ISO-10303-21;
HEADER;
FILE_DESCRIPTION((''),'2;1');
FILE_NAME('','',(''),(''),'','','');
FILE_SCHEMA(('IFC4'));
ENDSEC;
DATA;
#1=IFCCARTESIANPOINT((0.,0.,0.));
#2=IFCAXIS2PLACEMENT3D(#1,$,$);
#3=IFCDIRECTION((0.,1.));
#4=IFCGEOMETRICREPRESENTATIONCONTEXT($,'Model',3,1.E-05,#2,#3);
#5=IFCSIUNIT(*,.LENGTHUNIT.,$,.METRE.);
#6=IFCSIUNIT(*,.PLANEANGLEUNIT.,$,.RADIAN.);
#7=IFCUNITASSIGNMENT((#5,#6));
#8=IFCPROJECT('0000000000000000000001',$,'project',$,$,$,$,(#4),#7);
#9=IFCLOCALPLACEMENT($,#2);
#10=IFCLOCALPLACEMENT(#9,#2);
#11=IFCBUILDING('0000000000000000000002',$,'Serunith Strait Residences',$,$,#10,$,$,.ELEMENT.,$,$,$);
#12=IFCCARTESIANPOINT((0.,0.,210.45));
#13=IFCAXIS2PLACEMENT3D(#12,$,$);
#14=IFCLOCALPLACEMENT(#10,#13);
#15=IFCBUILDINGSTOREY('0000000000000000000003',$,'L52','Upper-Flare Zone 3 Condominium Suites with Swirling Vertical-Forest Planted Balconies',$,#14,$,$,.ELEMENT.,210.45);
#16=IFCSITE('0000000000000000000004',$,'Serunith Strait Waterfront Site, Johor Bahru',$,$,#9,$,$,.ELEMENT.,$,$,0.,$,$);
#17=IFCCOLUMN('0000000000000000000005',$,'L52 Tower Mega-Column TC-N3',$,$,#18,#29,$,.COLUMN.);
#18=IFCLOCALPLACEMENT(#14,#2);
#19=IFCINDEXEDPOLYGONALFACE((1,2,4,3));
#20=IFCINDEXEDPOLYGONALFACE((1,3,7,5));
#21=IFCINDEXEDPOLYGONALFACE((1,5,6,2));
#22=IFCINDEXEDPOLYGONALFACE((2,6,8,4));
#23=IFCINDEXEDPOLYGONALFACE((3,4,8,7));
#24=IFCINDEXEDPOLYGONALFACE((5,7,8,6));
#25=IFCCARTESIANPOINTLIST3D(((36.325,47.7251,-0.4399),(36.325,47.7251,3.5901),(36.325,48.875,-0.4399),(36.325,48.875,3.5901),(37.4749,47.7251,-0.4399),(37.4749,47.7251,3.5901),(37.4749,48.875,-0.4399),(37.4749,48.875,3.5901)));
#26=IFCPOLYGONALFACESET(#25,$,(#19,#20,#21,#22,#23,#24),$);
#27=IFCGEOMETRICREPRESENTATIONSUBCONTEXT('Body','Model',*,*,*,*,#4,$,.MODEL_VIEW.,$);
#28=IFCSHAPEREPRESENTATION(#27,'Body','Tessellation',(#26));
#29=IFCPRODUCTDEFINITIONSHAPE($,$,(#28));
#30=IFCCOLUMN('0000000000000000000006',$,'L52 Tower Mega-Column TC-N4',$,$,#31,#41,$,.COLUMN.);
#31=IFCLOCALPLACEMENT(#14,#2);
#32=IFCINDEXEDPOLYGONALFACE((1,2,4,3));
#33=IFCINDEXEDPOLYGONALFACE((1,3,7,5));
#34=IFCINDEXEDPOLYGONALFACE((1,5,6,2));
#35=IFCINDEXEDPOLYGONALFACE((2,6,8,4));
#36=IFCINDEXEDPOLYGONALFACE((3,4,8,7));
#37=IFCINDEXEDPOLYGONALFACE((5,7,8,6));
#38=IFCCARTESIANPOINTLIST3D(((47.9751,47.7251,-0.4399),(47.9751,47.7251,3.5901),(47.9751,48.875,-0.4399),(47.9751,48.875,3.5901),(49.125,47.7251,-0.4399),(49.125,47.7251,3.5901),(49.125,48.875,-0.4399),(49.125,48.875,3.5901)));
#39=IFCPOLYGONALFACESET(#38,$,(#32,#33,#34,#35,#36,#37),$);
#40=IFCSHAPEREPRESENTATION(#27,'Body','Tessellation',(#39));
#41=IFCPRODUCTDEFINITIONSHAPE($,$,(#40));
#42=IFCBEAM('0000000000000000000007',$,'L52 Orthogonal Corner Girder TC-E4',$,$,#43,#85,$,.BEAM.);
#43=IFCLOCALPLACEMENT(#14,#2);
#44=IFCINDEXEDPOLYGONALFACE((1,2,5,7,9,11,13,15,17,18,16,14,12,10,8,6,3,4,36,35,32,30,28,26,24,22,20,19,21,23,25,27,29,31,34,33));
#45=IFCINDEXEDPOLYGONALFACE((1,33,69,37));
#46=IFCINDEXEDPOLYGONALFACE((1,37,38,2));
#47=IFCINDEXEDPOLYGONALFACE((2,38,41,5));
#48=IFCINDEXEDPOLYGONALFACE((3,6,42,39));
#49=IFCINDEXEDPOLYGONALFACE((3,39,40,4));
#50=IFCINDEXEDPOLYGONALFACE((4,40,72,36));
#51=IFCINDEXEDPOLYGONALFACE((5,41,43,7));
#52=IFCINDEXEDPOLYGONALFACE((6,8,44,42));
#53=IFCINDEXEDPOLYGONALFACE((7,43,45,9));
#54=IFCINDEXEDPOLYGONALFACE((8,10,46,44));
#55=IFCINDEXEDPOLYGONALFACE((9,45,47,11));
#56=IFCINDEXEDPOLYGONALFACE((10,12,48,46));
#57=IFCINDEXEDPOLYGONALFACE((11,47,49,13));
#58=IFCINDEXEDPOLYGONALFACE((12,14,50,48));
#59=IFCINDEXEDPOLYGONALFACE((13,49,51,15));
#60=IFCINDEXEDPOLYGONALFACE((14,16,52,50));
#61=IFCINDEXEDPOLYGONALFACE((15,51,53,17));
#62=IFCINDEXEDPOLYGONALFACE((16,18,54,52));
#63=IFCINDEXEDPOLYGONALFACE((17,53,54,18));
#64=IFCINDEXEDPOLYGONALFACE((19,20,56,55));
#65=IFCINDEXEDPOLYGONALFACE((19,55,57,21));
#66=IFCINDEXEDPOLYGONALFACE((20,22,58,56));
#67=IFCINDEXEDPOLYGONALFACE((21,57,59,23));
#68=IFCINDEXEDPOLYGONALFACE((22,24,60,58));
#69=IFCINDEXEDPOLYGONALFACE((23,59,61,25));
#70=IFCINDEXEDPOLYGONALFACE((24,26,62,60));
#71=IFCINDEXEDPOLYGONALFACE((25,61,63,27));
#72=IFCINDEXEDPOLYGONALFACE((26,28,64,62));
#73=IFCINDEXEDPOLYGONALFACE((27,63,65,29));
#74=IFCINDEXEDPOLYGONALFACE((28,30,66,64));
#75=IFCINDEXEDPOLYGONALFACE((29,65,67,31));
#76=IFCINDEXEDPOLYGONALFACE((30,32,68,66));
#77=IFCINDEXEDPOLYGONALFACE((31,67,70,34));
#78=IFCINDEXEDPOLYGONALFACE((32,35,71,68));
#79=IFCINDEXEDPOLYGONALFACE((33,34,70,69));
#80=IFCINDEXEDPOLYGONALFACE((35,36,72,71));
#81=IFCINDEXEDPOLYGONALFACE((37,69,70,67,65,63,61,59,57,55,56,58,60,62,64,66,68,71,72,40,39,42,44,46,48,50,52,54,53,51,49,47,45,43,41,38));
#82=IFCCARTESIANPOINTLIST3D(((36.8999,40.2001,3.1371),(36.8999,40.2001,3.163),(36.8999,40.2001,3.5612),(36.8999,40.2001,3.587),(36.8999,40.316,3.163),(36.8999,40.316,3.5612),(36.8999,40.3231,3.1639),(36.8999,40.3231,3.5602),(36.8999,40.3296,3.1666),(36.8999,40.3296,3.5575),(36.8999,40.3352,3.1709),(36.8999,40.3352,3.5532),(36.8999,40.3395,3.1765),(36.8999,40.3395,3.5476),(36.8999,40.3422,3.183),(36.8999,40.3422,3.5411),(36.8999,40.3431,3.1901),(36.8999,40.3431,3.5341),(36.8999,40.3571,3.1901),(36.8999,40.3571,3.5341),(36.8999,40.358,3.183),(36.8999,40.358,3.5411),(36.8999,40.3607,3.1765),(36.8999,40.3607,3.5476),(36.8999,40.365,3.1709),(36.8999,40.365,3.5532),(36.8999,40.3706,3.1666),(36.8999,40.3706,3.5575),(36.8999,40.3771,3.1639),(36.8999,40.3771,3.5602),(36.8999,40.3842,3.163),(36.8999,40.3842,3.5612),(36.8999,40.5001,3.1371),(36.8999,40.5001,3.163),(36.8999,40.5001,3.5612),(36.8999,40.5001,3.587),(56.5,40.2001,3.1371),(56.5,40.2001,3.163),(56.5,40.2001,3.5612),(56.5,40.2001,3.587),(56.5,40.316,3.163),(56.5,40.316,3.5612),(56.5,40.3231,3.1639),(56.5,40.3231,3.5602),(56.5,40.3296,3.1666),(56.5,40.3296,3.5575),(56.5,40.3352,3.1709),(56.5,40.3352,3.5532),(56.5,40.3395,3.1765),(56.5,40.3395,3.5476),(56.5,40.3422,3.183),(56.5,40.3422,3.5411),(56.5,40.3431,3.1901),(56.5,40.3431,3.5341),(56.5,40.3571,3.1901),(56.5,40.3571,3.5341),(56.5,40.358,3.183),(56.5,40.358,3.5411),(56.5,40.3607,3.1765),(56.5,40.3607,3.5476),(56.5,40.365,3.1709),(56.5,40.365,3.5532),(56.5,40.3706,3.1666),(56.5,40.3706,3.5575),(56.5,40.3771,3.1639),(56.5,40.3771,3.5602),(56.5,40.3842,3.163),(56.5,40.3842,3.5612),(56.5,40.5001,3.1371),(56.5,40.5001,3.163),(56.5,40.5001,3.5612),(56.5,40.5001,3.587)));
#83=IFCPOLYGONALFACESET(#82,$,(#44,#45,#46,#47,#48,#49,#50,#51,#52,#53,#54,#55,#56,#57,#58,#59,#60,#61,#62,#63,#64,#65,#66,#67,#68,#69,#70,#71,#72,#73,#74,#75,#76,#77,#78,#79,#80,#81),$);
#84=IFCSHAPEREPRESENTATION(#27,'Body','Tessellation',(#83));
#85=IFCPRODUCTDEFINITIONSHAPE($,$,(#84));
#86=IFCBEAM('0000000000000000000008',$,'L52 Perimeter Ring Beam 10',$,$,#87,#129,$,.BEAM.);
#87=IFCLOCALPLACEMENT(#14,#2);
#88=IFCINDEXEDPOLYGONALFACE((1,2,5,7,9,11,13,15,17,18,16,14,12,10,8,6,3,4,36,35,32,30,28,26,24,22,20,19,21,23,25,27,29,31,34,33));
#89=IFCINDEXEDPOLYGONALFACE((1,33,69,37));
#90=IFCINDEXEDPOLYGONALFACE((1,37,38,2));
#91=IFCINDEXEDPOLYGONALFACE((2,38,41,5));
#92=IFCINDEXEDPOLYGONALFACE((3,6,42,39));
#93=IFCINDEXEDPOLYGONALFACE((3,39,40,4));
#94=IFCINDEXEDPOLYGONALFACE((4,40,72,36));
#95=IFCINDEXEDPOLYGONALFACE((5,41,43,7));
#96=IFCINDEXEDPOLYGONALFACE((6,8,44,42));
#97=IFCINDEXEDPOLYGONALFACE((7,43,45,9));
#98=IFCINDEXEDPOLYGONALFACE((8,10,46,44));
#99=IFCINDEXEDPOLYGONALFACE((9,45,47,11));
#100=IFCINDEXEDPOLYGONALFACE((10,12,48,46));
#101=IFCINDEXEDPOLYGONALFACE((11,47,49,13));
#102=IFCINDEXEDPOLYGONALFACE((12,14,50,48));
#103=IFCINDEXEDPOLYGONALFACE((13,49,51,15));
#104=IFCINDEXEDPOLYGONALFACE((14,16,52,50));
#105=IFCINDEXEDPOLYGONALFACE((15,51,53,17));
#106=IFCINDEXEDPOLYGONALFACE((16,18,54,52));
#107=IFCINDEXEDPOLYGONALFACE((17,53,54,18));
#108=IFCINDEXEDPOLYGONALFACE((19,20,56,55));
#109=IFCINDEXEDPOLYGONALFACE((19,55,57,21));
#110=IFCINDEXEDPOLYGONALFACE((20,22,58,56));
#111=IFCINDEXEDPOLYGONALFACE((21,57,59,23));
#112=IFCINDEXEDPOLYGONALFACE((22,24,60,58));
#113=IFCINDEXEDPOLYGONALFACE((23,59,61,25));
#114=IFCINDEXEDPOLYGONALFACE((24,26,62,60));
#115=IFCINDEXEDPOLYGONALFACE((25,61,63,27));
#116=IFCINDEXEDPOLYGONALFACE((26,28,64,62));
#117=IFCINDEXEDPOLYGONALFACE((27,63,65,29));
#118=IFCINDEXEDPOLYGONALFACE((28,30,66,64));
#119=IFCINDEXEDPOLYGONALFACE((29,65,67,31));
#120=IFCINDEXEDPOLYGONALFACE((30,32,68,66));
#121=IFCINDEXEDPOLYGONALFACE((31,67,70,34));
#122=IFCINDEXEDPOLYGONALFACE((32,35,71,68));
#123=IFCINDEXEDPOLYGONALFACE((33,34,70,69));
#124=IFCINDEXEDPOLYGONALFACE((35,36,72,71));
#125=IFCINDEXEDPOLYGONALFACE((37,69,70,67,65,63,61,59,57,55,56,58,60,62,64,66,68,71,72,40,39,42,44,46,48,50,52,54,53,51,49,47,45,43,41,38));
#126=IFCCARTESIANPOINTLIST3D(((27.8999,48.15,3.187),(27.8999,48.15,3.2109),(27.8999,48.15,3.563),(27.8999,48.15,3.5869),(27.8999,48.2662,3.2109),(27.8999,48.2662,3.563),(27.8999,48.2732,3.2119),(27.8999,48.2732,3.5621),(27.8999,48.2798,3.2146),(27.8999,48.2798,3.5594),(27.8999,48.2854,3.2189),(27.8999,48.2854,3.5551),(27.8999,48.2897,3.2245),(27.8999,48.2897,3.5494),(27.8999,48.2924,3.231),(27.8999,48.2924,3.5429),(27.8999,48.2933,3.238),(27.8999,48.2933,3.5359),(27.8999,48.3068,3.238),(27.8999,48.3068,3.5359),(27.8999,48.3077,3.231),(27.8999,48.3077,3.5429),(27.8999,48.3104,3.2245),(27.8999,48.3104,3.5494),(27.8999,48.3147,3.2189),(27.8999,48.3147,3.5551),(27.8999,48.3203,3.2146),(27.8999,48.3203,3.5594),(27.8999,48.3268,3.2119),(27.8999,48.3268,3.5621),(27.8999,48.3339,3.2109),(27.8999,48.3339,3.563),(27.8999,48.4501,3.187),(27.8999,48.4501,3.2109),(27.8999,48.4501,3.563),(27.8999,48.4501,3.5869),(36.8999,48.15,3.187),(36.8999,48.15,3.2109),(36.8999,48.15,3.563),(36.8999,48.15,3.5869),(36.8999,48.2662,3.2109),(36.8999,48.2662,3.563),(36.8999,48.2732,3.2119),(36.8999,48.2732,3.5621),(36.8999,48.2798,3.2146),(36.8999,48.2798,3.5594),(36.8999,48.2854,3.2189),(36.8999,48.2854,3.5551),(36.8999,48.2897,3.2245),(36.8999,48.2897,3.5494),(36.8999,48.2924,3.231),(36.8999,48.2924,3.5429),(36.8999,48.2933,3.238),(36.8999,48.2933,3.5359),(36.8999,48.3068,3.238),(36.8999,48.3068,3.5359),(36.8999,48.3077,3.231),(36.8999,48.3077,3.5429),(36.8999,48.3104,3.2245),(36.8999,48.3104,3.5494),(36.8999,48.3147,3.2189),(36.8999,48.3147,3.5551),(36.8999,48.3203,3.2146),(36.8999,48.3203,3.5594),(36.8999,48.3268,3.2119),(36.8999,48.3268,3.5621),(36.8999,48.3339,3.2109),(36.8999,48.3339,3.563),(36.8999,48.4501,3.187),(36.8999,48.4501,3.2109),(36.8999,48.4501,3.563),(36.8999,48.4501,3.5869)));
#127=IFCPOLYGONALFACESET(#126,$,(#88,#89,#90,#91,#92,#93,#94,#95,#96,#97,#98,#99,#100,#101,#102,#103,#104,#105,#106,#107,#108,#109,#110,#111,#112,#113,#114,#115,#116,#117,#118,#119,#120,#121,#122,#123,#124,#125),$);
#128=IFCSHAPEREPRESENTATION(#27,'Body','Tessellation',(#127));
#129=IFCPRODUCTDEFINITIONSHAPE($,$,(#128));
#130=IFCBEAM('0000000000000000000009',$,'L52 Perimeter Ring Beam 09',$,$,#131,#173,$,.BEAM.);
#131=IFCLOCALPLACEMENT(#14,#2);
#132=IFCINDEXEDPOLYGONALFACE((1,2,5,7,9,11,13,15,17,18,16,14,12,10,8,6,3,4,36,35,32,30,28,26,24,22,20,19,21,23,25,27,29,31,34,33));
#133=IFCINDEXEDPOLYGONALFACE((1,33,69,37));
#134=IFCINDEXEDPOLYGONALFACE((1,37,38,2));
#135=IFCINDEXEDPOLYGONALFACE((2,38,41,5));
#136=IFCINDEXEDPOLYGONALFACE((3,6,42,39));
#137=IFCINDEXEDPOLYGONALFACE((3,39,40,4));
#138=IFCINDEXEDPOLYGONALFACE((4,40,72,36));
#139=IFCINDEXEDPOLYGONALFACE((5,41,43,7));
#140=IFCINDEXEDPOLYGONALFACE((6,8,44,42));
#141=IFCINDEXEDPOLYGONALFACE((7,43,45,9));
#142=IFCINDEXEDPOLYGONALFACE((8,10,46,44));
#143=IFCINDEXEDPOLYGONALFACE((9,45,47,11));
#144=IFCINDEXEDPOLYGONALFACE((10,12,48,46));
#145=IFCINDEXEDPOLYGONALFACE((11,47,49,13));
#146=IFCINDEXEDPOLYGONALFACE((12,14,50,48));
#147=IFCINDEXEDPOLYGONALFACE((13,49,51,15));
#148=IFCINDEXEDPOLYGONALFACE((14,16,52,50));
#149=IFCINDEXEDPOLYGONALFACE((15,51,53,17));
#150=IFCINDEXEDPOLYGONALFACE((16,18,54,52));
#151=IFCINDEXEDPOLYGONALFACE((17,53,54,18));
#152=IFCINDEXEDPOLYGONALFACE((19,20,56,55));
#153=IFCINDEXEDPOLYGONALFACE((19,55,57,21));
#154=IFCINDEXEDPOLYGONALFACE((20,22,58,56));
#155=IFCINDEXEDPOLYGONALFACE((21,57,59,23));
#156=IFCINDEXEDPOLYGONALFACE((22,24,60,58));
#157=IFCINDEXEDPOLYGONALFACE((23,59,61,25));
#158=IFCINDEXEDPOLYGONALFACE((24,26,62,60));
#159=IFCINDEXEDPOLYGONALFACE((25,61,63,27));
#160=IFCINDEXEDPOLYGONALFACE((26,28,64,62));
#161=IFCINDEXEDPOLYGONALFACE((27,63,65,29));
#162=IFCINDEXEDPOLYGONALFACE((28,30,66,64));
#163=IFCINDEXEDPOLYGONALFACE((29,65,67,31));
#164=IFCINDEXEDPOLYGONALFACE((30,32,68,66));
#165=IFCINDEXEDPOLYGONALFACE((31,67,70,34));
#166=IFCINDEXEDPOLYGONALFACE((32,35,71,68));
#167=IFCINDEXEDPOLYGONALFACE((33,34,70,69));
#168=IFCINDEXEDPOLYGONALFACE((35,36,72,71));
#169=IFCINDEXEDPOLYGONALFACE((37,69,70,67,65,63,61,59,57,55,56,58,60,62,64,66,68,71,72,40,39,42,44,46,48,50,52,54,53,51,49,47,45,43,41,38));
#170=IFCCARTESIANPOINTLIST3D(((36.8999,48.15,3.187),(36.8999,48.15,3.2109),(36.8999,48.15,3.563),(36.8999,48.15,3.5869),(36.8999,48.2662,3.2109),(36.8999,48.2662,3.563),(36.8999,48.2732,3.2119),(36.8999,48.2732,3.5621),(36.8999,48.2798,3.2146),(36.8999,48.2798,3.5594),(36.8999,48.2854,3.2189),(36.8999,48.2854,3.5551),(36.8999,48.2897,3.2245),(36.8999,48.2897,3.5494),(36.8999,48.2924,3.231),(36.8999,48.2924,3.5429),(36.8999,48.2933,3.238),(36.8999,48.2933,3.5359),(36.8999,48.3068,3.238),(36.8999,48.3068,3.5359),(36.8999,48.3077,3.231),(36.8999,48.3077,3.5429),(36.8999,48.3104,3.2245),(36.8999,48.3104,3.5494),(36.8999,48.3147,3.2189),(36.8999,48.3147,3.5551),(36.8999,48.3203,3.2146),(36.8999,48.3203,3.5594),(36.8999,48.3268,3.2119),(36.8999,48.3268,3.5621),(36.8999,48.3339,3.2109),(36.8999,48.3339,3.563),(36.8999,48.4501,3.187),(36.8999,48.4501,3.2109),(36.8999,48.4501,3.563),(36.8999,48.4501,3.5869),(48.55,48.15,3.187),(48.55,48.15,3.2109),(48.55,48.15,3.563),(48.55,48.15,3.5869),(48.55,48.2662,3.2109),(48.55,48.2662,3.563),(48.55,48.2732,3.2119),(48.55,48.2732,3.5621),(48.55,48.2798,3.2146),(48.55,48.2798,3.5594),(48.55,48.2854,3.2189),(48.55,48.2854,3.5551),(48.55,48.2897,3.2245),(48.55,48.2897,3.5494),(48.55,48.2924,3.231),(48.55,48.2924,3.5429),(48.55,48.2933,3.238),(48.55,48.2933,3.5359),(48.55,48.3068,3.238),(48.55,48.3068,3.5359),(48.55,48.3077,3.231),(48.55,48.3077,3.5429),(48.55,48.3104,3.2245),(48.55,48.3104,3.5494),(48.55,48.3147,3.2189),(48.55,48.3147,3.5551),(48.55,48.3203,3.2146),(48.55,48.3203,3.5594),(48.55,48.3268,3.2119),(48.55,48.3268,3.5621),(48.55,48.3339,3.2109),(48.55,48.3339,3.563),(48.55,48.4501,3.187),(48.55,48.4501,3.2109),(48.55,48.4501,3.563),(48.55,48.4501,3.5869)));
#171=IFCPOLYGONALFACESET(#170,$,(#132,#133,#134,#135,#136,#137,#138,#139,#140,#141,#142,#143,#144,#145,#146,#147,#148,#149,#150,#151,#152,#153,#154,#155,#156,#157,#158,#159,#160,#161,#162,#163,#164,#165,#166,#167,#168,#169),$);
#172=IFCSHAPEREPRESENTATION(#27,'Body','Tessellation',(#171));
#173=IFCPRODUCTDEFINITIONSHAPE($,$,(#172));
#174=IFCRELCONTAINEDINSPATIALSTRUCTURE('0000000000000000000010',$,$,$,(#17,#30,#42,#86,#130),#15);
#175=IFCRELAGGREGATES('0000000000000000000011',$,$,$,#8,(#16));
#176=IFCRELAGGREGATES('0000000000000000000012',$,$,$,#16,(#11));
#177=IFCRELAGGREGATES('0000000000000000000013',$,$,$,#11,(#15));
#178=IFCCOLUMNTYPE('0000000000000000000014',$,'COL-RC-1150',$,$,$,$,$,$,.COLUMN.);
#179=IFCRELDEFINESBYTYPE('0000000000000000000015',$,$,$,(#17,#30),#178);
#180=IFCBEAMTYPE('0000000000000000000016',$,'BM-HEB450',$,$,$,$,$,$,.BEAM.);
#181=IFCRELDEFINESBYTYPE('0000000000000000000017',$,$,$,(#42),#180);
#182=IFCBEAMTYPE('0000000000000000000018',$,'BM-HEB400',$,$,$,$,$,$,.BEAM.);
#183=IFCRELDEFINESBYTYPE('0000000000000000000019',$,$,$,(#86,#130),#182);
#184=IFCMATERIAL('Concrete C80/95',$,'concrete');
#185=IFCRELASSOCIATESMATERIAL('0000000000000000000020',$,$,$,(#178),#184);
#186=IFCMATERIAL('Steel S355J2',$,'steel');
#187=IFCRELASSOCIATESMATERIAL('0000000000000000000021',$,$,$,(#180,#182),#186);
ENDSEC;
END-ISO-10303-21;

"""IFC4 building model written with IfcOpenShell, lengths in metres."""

from ifc_helpers import new_model, si_unit, direction, frame, origin, origin_2d, place, context, subcontext, project, spatial, rectangle, i_section, extrude, source, transform, mapped, material, material_profile, profile_set, type_object, element, save


model = new_model("IFC4")

# Units and contexts
model_context = context("Model", 3, precision=1e-05, world=origin(), true_north=direction((0.0, 1.0)))
body_context = subcontext(model_context, "Body", "Model", "MODEL_VIEW")
ifc_project = project(units=[si_unit("LENGTHUNIT", "METRE"), si_unit("PLANEANGLEUNIT", "RADIAN")], contexts=[model_context])

# Site, building, storey
site_placement = place(None, origin())
site = spatial("IfcSite", under=ifc_project, at=site_placement, Name="Serunith Strait Waterfront Site, Johor Bahru", CompositionType="ELEMENT", RefElevation=0.0)
building_placement = place(site_placement, origin())
building = spatial("IfcBuilding", under=site, at=building_placement, Name="Serunith Strait Residences", CompositionType="ELEMENT")
storey_placement = place(building_placement, frame((0.0, 0.0, 210.45)))
storey = spatial("IfcBuildingStorey", under=building, at=storey_placement, Name="L52", Description="Upper-Flare Zone 3 Condominium Suites with Swirling Vertical-Forest Planted Balconies", CompositionType="ELEMENT", Elevation=210.45)

# Columns
ifc_material_1 = material(Name="Concrete C80/95", Category="concrete")
ifc_material_profile_1 = material_profile(ifc_material_1, rectangle(XDim=1.1499, YDim=1.1499, at=origin_2d()), Name="RC 1150x1150")
ifc_profile_set_1 = profile_set([ifc_material_profile_1], Name="Concrete C80/95")
column_type = type_object("IfcColumnType", Name="COL-RC-1150", PredefinedType="COLUMN", material=ifc_profile_set_1)
shared_shape_1 = source(origin(), body_context, "Body", "SweptSolid", [
    extrude(rectangle(XDim=1.1499, YDim=1.1499, at=origin_2d()), origin(), (0.0, 0.0, 1.0), 4.03),
])
for number, where, z_axis, x_axis, name in (
    (1, (36.8999, 48.3, -0.4399), (0.0, 0.0, 1.0), (1.0, 0.0, 0.0), "L52 Tower Mega-Column TC-N3"),
    (2, (48.55, 48.3, -0.4399), (0.0, 0.0, 1.0), (1.0, 0.0, 0.0), "L52 Tower Mega-Column TC-N4"),
):
    element("IfcColumn", number, at=place(storey_placement, frame(where, z_axis=z_axis, x_axis=x_axis)), inside=storey, type_object=column_type, Name=name, PredefinedType="COLUMN", context=body_context, shape_type="MappedRepresentation", body=[
        mapped(shared_shape_1, transform((0.0, 0.0, 0.0), scale=1.0)),
    ])

# Beams
ifc_material_2 = material(Name="Steel S355J2", Category="steel")
ifc_material_profile_2 = material_profile(ifc_material_2, i_section(OverallWidth=0.3, OverallDepth=0.45, WebThickness=0.0139, FlangeThickness=0.0259, FilletRadius=0.0271, at=origin_2d()), Name="HEB 450")
ifc_profile_set_2 = profile_set([ifc_material_profile_2], Name="Steel S355J2")
beam_type_1 = type_object("IfcBeamType", Name="BM-HEB450", PredefinedType="BEAM", material=ifc_profile_set_2)
shared_shape_2 = source(origin(), body_context, "Body", "SweptSolid", [
    extrude(i_section(OverallWidth=0.3, OverallDepth=0.45, WebThickness=0.0139, FlangeThickness=0.0259, FilletRadius=0.0271, at=origin_2d()), origin(), (0.0, 0.0, 1.0), 19.6001),
])
beam_1_placement = place(storey_placement, frame((36.8999, 40.3501, 3.3621), z_axis=(1.0, 0.0, 0.0), x_axis=(0.0, 1.0, 0.0)))
element("IfcBeam", 3, at=beam_1_placement, inside=storey, type_object=beam_type_1, Name="L52 Orthogonal Corner Girder TC-E4", PredefinedType="BEAM", context=body_context, shape_type="MappedRepresentation", body=[
    mapped(shared_shape_2, transform((0.0, 0.0, 0.0), scale=1.0)),
])
ifc_material_profile_3 = material_profile(ifc_material_2, i_section(OverallWidth=0.3, OverallDepth=0.3999, WebThickness=0.0134, FlangeThickness=0.0239, FilletRadius=0.0271, at=origin_2d()), Name="HEB 400")
ifc_profile_set_3 = profile_set([ifc_material_profile_3], Name="Steel S355J2")
beam_type_2 = type_object("IfcBeamType", Name="BM-HEB400", PredefinedType="BEAM", material=ifc_profile_set_3)
shared_shape_3 = source(origin(), body_context, "Body", "SweptSolid", [
    extrude(i_section(OverallWidth=0.3, OverallDepth=0.3999, WebThickness=0.0134, FlangeThickness=0.0239, FilletRadius=0.0271, at=origin_2d()), origin(), (0.0, 0.0, 1.0), 9.0),
])
beam_2_placement = place(storey_placement, frame((36.8999, 48.3, 3.387), z_axis=(-1.0, 0.0, 0.0), x_axis=(0.0, -1.0, 0.0)))
element("IfcBeam", 4, at=beam_2_placement, inside=storey, type_object=beam_type_2, Name="L52 Perimeter Ring Beam 10", PredefinedType="BEAM", context=body_context, shape_type="MappedRepresentation", body=[
    mapped(shared_shape_3, transform((0.0, 0.0, 0.0), scale=1.0)),
])
shared_shape_4 = source(origin(), body_context, "Body", "SweptSolid", [
    extrude(i_section(OverallWidth=0.3, OverallDepth=0.3999, WebThickness=0.0134, FlangeThickness=0.0239, FilletRadius=0.0271, at=origin_2d()), origin(), (0.0, 0.0, 1.0), 11.6501),
])
beam_3_placement = place(storey_placement, frame((48.55, 48.3, 3.387), z_axis=(-1.0, 0.0, 0.0), x_axis=(0.0, -1.0, 0.0)))
element("IfcBeam", 5, at=beam_3_placement, inside=storey, type_object=beam_type_2, Name="L52 Perimeter Ring Beam 09", PredefinedType="BEAM", context=body_context, shape_type="MappedRepresentation", body=[
    mapped(shared_shape_4, transform((0.0, 0.0, 0.0), scale=1.0)),
])

save(model, "model.ifc")
